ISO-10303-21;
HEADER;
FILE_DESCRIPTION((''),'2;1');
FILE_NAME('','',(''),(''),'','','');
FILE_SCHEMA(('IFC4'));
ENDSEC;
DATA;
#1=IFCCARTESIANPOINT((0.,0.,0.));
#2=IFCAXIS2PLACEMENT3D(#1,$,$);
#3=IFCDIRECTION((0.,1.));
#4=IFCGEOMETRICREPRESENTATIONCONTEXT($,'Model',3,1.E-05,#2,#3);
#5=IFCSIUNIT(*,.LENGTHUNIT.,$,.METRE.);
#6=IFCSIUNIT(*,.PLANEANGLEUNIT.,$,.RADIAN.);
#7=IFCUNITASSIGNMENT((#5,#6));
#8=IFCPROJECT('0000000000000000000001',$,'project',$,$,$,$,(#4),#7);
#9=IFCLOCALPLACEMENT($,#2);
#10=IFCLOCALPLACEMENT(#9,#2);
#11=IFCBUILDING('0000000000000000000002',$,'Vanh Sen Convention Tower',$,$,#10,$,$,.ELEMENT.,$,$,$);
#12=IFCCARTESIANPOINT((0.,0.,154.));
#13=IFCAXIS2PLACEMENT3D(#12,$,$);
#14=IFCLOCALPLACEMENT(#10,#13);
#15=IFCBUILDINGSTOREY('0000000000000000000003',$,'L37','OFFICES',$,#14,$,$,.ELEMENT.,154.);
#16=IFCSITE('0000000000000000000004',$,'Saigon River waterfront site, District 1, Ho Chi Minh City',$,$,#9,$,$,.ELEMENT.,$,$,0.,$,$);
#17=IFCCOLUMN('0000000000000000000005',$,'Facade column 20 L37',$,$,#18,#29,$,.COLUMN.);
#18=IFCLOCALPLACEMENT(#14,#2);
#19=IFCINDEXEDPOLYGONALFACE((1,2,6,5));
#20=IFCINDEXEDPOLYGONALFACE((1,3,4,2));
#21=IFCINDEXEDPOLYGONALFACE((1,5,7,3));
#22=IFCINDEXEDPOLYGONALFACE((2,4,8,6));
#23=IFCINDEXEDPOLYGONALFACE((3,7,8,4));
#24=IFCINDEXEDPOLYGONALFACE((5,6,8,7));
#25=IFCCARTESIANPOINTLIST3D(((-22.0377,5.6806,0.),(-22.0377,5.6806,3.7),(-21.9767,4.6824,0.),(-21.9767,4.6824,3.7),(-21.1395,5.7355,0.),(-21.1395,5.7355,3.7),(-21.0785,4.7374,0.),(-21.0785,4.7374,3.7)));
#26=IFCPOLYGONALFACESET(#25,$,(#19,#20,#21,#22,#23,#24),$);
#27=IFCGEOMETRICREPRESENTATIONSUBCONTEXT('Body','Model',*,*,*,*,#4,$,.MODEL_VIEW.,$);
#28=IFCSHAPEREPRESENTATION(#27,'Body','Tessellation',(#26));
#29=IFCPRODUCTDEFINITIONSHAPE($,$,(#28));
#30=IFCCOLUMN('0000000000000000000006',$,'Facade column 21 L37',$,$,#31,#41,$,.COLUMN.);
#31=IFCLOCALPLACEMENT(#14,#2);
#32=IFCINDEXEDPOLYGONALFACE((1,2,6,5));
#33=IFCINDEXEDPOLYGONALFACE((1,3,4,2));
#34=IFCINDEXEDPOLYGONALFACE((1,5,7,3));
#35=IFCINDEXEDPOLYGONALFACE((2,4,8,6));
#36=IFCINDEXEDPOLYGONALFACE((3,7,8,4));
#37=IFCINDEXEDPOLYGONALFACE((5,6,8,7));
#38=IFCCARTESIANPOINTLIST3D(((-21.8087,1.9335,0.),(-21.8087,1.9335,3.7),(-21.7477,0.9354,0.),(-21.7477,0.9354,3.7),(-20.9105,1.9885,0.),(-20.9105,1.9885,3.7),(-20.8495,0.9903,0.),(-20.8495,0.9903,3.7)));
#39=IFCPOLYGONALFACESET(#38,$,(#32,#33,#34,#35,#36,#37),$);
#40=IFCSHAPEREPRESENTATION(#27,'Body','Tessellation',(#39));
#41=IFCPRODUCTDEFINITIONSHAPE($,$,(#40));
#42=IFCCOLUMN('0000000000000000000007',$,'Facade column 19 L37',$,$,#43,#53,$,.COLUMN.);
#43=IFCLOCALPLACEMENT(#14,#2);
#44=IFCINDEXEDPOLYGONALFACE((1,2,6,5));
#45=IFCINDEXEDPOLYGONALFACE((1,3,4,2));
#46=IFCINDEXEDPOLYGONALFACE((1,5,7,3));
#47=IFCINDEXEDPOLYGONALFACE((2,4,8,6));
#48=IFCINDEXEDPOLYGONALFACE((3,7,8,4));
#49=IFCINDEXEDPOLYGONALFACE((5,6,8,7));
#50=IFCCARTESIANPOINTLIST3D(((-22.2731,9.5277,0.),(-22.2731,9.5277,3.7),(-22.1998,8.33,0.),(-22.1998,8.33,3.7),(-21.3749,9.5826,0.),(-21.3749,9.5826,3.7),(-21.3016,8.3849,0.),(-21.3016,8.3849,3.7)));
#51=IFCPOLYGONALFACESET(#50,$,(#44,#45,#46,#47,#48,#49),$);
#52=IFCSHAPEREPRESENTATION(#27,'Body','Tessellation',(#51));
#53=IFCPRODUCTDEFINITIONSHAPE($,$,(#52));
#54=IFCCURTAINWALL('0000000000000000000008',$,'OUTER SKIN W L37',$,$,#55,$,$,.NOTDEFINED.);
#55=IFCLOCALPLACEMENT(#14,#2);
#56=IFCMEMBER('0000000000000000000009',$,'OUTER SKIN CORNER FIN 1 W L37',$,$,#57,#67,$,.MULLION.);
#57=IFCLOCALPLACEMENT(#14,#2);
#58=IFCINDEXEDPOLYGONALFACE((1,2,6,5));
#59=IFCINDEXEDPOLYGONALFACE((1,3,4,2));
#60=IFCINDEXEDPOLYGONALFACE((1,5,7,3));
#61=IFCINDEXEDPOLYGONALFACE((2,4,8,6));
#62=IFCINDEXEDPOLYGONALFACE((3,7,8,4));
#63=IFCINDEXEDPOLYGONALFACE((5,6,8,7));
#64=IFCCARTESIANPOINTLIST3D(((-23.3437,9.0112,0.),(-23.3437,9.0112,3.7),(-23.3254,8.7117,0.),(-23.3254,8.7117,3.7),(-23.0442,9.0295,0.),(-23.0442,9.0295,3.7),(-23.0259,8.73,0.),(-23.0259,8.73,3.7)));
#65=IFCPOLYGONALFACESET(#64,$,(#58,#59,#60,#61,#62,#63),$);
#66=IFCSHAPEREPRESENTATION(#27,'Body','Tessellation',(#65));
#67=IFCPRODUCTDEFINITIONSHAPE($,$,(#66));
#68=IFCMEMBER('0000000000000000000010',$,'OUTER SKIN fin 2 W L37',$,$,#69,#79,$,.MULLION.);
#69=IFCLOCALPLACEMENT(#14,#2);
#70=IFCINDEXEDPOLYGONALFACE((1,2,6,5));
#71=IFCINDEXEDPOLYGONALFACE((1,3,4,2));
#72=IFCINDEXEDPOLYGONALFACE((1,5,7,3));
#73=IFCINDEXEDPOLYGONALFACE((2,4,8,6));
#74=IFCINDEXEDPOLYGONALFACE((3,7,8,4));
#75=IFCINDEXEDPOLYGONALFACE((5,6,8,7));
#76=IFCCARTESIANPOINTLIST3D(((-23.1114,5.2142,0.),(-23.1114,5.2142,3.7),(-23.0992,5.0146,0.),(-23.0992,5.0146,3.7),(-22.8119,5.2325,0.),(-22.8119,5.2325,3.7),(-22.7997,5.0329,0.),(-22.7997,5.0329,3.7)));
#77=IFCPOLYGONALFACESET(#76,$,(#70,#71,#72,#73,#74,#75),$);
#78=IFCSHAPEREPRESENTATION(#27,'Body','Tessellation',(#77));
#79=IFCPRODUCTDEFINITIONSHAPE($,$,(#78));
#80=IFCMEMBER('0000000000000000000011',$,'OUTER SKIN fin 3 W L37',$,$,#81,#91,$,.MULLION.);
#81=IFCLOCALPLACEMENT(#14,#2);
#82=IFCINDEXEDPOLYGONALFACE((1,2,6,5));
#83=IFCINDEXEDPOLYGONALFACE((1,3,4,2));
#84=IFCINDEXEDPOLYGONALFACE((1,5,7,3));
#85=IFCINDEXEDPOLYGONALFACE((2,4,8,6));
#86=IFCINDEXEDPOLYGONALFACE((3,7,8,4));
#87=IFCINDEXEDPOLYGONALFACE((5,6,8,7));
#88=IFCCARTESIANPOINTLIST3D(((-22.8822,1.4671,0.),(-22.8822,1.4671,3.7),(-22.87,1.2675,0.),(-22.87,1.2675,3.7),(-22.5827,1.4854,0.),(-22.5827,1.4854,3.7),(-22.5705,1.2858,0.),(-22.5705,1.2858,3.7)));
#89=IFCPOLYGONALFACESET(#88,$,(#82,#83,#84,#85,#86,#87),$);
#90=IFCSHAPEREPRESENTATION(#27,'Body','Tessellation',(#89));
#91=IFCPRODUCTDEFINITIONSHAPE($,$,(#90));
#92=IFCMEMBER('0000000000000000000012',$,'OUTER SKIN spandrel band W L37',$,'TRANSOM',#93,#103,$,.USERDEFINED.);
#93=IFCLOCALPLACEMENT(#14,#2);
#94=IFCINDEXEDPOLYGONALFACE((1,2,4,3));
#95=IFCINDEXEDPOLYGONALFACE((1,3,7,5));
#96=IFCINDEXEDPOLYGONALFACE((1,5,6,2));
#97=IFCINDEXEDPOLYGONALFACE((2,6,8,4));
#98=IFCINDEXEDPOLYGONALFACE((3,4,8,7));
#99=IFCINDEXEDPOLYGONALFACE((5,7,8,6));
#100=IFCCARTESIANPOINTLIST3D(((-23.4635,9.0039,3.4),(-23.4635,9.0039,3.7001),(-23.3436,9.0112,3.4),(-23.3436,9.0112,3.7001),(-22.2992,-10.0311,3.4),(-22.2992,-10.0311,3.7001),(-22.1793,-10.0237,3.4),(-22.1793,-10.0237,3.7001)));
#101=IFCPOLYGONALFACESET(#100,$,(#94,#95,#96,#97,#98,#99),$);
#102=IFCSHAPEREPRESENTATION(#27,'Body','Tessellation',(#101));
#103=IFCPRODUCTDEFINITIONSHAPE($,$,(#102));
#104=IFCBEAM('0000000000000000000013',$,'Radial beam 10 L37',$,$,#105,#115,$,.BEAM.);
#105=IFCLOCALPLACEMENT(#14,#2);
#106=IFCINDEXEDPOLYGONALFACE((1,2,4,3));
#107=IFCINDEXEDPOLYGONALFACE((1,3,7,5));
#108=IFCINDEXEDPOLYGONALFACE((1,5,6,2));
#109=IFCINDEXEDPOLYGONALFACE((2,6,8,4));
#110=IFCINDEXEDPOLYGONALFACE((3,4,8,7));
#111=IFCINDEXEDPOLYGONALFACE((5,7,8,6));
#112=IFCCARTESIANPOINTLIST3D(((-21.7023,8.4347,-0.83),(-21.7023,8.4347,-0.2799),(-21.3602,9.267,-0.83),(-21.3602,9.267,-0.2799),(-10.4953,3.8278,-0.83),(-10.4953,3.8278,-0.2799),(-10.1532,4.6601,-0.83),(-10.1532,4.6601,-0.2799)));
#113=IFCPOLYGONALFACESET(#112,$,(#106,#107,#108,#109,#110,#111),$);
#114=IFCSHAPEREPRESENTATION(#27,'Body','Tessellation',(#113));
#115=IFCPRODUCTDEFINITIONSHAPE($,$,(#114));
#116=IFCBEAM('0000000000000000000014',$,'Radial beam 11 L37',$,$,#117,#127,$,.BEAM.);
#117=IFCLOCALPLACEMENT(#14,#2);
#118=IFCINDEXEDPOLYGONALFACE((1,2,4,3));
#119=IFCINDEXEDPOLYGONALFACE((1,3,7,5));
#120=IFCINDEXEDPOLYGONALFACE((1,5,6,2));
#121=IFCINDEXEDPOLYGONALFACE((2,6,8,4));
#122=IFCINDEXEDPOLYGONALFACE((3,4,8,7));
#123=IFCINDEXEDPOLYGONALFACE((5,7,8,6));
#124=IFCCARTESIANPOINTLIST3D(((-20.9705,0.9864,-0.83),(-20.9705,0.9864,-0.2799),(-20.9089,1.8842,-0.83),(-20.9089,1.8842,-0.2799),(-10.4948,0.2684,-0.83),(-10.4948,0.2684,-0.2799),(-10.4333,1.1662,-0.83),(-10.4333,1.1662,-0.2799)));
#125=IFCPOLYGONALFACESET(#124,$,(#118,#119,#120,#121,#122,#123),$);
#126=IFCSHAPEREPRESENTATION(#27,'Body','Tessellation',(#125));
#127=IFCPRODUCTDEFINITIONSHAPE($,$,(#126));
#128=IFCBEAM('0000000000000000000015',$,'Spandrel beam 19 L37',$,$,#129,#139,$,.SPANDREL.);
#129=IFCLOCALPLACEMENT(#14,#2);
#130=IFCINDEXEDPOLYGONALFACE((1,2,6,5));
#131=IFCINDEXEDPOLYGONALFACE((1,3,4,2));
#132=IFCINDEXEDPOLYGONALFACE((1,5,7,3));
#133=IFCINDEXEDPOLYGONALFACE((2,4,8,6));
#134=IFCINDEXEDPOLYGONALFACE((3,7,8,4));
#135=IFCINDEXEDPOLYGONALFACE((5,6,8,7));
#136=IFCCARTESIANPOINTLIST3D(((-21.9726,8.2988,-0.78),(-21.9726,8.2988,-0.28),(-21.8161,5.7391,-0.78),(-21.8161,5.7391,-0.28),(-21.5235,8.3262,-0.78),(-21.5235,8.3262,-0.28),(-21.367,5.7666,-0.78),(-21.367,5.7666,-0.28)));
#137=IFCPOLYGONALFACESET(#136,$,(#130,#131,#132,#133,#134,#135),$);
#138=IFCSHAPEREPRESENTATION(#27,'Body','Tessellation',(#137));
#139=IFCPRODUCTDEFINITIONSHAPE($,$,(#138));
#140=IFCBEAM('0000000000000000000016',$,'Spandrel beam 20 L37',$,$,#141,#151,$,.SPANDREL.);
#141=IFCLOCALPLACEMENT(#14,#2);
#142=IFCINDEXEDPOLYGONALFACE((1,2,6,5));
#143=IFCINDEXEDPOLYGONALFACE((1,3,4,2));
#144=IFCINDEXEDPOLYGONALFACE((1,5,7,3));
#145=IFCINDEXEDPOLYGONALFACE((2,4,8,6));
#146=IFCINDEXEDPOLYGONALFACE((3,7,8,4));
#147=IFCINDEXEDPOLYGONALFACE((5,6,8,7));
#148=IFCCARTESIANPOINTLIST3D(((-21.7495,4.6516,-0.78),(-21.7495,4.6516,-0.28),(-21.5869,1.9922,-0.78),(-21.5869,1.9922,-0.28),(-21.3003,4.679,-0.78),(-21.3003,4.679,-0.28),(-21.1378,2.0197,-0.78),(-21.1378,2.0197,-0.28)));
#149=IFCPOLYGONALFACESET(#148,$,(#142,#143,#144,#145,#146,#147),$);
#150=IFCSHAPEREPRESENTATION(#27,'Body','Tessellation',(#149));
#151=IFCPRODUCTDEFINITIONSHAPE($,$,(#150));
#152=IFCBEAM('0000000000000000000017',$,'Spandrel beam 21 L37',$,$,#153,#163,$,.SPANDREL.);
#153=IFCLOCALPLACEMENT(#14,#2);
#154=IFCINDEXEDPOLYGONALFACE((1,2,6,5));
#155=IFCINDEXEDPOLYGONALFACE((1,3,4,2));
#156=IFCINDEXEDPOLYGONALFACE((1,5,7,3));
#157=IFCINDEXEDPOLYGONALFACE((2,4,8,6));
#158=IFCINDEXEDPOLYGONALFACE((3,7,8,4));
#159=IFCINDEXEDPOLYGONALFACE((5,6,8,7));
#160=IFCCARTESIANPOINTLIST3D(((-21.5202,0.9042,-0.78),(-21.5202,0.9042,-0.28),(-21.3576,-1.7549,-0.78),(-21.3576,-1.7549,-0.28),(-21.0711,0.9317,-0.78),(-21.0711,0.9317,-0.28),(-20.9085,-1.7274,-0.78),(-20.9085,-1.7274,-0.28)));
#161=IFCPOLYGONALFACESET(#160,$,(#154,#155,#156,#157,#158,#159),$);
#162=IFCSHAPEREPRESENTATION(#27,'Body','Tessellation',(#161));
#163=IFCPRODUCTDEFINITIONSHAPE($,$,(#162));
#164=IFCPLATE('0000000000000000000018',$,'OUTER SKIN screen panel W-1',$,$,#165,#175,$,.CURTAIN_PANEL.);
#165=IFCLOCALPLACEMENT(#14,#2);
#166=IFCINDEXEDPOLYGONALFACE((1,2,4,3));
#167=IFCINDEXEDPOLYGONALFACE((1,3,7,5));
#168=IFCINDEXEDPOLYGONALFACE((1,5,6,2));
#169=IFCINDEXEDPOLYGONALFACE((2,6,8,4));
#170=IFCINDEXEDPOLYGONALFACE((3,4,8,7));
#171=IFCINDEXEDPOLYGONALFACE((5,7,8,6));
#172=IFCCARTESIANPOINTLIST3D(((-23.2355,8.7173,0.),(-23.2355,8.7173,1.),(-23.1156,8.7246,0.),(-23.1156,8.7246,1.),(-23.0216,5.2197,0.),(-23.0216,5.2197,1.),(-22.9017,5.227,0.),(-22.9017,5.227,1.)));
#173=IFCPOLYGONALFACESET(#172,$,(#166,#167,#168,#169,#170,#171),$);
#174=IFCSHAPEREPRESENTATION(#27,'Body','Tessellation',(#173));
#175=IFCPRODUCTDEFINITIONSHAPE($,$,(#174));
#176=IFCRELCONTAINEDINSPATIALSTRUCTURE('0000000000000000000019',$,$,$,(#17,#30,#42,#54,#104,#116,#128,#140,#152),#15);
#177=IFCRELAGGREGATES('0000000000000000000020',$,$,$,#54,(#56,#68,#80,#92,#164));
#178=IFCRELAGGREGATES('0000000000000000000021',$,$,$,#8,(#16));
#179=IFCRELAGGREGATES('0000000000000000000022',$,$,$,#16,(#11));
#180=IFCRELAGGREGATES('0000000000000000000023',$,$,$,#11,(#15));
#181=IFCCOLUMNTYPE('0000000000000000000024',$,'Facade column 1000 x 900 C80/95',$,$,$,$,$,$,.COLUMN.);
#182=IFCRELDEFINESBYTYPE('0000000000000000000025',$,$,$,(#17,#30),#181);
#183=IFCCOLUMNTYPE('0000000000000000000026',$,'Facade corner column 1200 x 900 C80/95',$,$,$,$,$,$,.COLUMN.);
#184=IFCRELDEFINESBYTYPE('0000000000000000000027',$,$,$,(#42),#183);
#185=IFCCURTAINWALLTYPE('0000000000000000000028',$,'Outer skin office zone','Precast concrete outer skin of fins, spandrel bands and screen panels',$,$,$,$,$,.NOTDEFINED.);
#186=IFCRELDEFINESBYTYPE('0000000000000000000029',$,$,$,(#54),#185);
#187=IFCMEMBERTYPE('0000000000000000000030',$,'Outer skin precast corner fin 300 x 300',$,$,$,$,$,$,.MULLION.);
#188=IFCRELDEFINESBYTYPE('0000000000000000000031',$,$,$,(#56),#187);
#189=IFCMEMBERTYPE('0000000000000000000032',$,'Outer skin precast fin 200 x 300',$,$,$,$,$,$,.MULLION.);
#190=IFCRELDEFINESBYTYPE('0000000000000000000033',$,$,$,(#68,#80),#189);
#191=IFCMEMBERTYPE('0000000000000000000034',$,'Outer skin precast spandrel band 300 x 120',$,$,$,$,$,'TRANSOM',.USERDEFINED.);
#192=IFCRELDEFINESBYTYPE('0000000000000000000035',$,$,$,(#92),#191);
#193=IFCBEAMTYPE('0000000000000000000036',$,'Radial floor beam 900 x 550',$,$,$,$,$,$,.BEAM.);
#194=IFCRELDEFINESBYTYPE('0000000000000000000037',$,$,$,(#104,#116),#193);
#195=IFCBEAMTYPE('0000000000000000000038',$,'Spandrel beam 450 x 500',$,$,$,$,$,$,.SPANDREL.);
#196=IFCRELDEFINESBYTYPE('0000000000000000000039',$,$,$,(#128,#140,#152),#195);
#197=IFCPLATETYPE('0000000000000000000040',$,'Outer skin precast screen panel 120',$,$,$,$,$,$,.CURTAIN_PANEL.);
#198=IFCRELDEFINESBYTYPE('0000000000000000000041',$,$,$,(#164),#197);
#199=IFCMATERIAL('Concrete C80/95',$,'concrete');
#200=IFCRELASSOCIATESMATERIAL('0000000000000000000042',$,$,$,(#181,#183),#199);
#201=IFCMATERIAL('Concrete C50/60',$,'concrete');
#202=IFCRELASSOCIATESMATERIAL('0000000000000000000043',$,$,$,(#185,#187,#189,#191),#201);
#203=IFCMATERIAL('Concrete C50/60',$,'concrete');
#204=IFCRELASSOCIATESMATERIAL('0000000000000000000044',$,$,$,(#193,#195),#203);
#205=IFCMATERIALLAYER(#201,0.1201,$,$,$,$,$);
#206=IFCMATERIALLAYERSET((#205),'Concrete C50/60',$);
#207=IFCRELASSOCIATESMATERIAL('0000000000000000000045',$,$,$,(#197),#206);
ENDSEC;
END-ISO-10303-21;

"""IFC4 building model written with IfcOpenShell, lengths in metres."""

from ifc_helpers import new_model, si_unit, direction, frame, origin, origin_2d, place, context, subcontext, project, spatial, rectangle, extrude, material, layer, layer_set, material_profile, profile_set, type_object, element, aggregate, save


model = new_model("IFC4")

# Units and contexts
model_context = context("Model", 3, precision=1e-05, world=origin(), true_north=direction((0.0, 1.0)))
body_context = subcontext(model_context, "Body", "Model", "MODEL_VIEW")
ifc_project = project(units=[si_unit("LENGTHUNIT", "METRE"), si_unit("PLANEANGLEUNIT", "RADIAN")], contexts=[model_context])

# Site, building, storey
site_placement = place(None, origin())
site = spatial("IfcSite", under=ifc_project, at=site_placement, Name="Saigon River waterfront site, District 1, Ho Chi Minh City", CompositionType="ELEMENT", RefElevation=0.0)
building_placement = place(site_placement, origin())
building = spatial("IfcBuilding", under=site, at=building_placement, Name="Vanh Sen Convention Tower", CompositionType="ELEMENT")
storey_placement = place(building_placement, frame((0.0, 0.0, 154.0)))
storey = spatial("IfcBuildingStorey", under=building, at=storey_placement, Name="L37", Description="OFFICES", CompositionType="ELEMENT", Elevation=154.0)

# Columns
ifc_material_1 = material(Name="Concrete C80/95", Category="concrete")
ifc_material_profile_1 = material_profile(ifc_material_1, rectangle(XDim=1.0, YDim=0.8999, at=origin_2d()), Name="RC 1000X900")
ifc_profile_set_1 = profile_set([ifc_material_profile_1], Name="Concrete C80/95")
column_type_1 = type_object("IfcColumnType", Name="Facade column 1000 x 900 C80/95", PredefinedType="COLUMN", material=ifc_profile_set_1)
for number, where, z_axis, x_axis, name in (
    (1, (-21.5581, 5.209, 0.0), (0.0, 0.0, 1.0), (0.061049, -0.998135, 0.0), "Facade column 20 L37"),
    (2, (-21.3291, 1.4619, 0.0), (0.0, 0.0, 1.0), (0.061049, -0.998135, 0.0), "Facade column 21 L37"),
):
    element("IfcColumn", number, at=place(storey_placement, frame(where, z_axis=z_axis, x_axis=x_axis)), inside=storey, type_object=column_type_1, Name=name, PredefinedType="COLUMN", context=body_context, shape_type="SweptSolid", body=[
        extrude(rectangle(XDim=1.0, YDim=0.8999, at=origin_2d()), origin(), (0.0, 0.0, 1.0), 3.7),
    ])
ifc_material_profile_2 = material_profile(ifc_material_1, rectangle(XDim=1.2, YDim=0.8999, at=origin_2d()), Name="RC 1200X900")
ifc_profile_set_2 = profile_set([ifc_material_profile_2], Name="Concrete C80/95")
column_type_2 = type_object("IfcColumnType", Name="Facade corner column 1200 x 900 C80/95", PredefinedType="COLUMN", material=ifc_profile_set_2)
column_placement = place(storey_placement, frame((-21.7874, 8.9563, 0.0), z_axis=(0.0, 0.0, 1.0), x_axis=(0.061049, -0.998135, 0.0)))
element("IfcColumn", 3, at=column_placement, inside=storey, type_object=column_type_2, Name="Facade column 19 L37", PredefinedType="COLUMN", context=body_context, shape_type="SweptSolid", body=[
    extrude(rectangle(XDim=1.2, YDim=0.8999, at=origin_2d()), origin(), (0.0, 0.0, 1.0), 3.7),
])

# Curtain wall, members
ifc_material_2 = material(Name="Concrete C50/60", Category="concrete")
curtain_wall_type = type_object("IfcCurtainWallType", Name="Outer skin office zone", Description="Precast concrete outer skin of fins, spandrel bands and screen panels", PredefinedType="NOTDEFINED", material=ifc_material_2)
curtain_wall_placement = place(storey_placement, origin())
curtain_wall = element("IfcCurtainWall", 4, at=curtain_wall_placement, inside=storey, type_object=curtain_wall_type, Name="OUTER SKIN W L37", PredefinedType="NOTDEFINED")
ifc_material_profile_3 = material_profile(ifc_material_2, rectangle(XDim=0.3, YDim=0.3, at=origin_2d()), Name="Outer skin precast corner fin 300 x 300")
ifc_profile_set_3 = profile_set([ifc_material_profile_3], Name="Concrete C50/60")
member_type_1 = type_object("IfcMemberType", Name="Outer skin precast corner fin 300 x 300", PredefinedType="MULLION", material=ifc_profile_set_3)
member_1_placement = place(storey_placement, frame((-23.1848, 8.8706, 0.0), z_axis=(0.0, 0.0, 1.0), x_axis=(0.061049, -0.998135, 0.0)))
member_1 = element("IfcMember", 5, at=member_1_placement, type_object=member_type_1, Name="OUTER SKIN CORNER FIN 1 W L37", PredefinedType="MULLION", context=body_context, shape_type="SweptSolid", body=[
    extrude(rectangle(XDim=0.3, YDim=0.3, at=origin_2d()), origin(), (0.0, 0.0, 1.0), 3.7),
])
ifc_material_profile_4 = material_profile(ifc_material_2, rectangle(XDim=0.2, YDim=0.3, at=origin_2d()), Name="Outer skin precast fin 200 x 300")
ifc_profile_set_4 = profile_set([ifc_material_profile_4], Name="Concrete C50/60")
member_type_2 = type_object("IfcMemberType", Name="Outer skin precast fin 200 x 300", PredefinedType="MULLION", material=ifc_profile_set_4)
member_2_placement = place(storey_placement, frame((-22.9556, 5.1235, 0.0), z_axis=(0.0, 0.0, 1.0), x_axis=(0.061049, -0.998135, 0.0)))
member_2 = element("IfcMember", 6, at=member_2_placement, type_object=member_type_2, Name="OUTER SKIN fin 2 W L37", PredefinedType="MULLION", context=body_context, shape_type="SweptSolid", body=[
    extrude(rectangle(XDim=0.2, YDim=0.3, at=origin_2d()), origin(), (0.0, 0.0, 1.0), 3.7),
])
member_3_placement = place(storey_placement, frame((-22.7263, 1.3765, 0.0), z_axis=(0.0, 0.0, 1.0), x_axis=(0.061049, -0.998135, 0.0)))
member_3 = element("IfcMember", 7, at=member_3_placement, type_object=member_type_2, Name="OUTER SKIN fin 3 W L37", PredefinedType="MULLION", context=body_context, shape_type="SweptSolid", body=[
    extrude(rectangle(XDim=0.2, YDim=0.3, at=origin_2d()), origin(), (0.0, 0.0, 1.0), 3.7),
])
ifc_material_profile_5 = material_profile(ifc_material_2, rectangle(XDim=0.1201, YDim=0.3, at=origin_2d()), Name="Outer skin precast spandrel band 300 x 120")
ifc_profile_set_5 = profile_set([ifc_material_profile_5], Name="Concrete C50/60")
member_type_3 = type_object("IfcMemberType", Name="Outer skin precast spandrel band 300 x 120", ElementType="TRANSOM", PredefinedType="USERDEFINED", material=ifc_profile_set_5)
member_4_placement = place(storey_placement, frame((-23.4036, 9.0076, 3.55), z_axis=(0.061053, -0.998135, 0.0), x_axis=(0.998135, 0.061053, 0.0)))
member_4 = element("IfcMember", 8, at=member_4_placement, type_object=member_type_3, Name="OUTER SKIN spandrel band W L37", ObjectType="TRANSOM", PredefinedType="USERDEFINED", context=body_context, shape_type="SweptSolid", body=[
    extrude(rectangle(XDim=0.1201, YDim=0.3, at=origin_2d()), origin(), (0.0, 0.0, 1.0), 19.0706),
])

# Beams
ifc_material_3 = material(Name="Concrete C50/60", Category="concrete")
ifc_material_profile_6 = material_profile(ifc_material_3, rectangle(XDim=0.8999, YDim=0.55, at=origin_2d()), Name="RC 900X550")
ifc_profile_set_6 = profile_set([ifc_material_profile_6], Name="Concrete C50/60")
beam_type_1 = type_object("IfcBeamType", Name="Radial floor beam 900 x 550", PredefinedType="BEAM", material=ifc_profile_set_6)
beam_1_placement = place(storey_placement, frame((-21.5312, 8.8508, -0.5549), z_axis=(0.924902, -0.380205, 0.0), x_axis=(0.380205, 0.924902, 0.0)))
element("IfcBeam", 9, at=beam_1_placement, inside=storey, type_object=beam_type_1, Name="Radial beam 10 L37", PredefinedType="BEAM", context=body_context, shape_type="SweptSolid", body=[
    extrude(rectangle(XDim=0.8999, YDim=0.55, at=origin_2d()), origin(), (0.0, 0.0, 1.0), 12.1169),
])
beam_2_placement = place(storey_placement, frame((-20.9397, 1.4353, -0.5549), z_axis=(0.997659, -0.068382, 0.0), x_axis=(0.068382, 0.997659, 0.0)))
element("IfcBeam", 10, at=beam_2_placement, inside=storey, type_object=beam_type_1, Name="Radial beam 11 L37", PredefinedType="BEAM", context=body_context, shape_type="SweptSolid", body=[
    extrude(rectangle(XDim=0.8999, YDim=0.55, at=origin_2d()), origin(), (0.0, 0.0, 1.0), 10.5002),
])
ifc_material_profile_7 = material_profile(ifc_material_3, rectangle(XDim=0.45, YDim=0.5, at=origin_2d()), Name="RC 450X500")
ifc_profile_set_7 = profile_set([ifc_material_profile_7], Name="Concrete C50/60")
beam_type_2 = type_object("IfcBeamType", Name="Spandrel beam 450 x 500", PredefinedType="SPANDREL", material=ifc_profile_set_7)
beam_3_placement = place(storey_placement, frame((-21.748, 8.3125, -0.53), z_axis=(0.061027, -0.998136, 0.0), x_axis=(0.998136, 0.061027, 0.0)))
element("IfcBeam", 11, at=beam_3_placement, inside=storey, type_object=beam_type_2, Name="Spandrel beam 19 L37", PredefinedType="SPANDREL", context=body_context, shape_type="SweptSolid", body=[
    extrude(rectangle(XDim=0.45, YDim=0.5, at=origin_2d()), origin(), (0.0, 0.0, 1.0), 2.5645),
])
beam_4_placement = place(storey_placement, frame((-21.5249, 4.6653, -0.53), z_axis=(0.061026, -0.998136, 0.0), x_axis=(0.998136, 0.061026, 0.0)))
element("IfcBeam", 12, at=beam_4_placement, inside=storey, type_object=beam_type_2, Name="Spandrel beam 20 L37", PredefinedType="SPANDREL", context=body_context, shape_type="SweptSolid", body=[
    extrude(rectangle(XDim=0.45, YDim=0.5, at=origin_2d()), origin(), (0.0, 0.0, 1.0), 2.6643),
])
beam_5_placement = place(storey_placement, frame((-21.2957, 0.918, -0.53), z_axis=(0.061032, -0.998136, 0.0), x_axis=(0.998136, 0.061032, 0.0)))
element("IfcBeam", 13, at=beam_5_placement, inside=storey, type_object=beam_type_2, Name="Spandrel beam 21 L37", PredefinedType="SPANDREL", context=body_context, shape_type="SweptSolid", body=[
    extrude(rectangle(XDim=0.45, YDim=0.5, at=origin_2d()), origin(), (0.0, 0.0, 1.0), 2.6641),
])

# Plate
ifc_layer_1 = layer(ifc_material_2, 0.1201)
ifc_layer_set_1 = layer_set([ifc_layer_1], Name="Concrete C50/60")
plate_type = type_object("IfcPlateType", Name="Outer skin precast screen panel 120", PredefinedType="CURTAIN_PANEL", material=ifc_layer_set_1)
plate_1_placement = place(storey_placement, frame((-23.0686, 6.9722, 0.0), z_axis=(0.0, 0.0, 1.0), x_axis=(0.061054, -0.998134, 0.0)))
plate_1 = element("IfcPlate", 14, at=plate_1_placement, type_object=plate_type, Name="OUTER SKIN screen panel W-1", PredefinedType="CURTAIN_PANEL", context=body_context, shape_type="SweptSolid", body=[
    extrude(rectangle(XDim=3.5042, YDim=0.1201, at=origin_2d()), origin(), (0.0, 0.0, 1.0), 1.0),
])
aggregate(curtain_wall, [member_1, member_2, member_3, member_4, plate_1])

save(model, "model.ifc")
